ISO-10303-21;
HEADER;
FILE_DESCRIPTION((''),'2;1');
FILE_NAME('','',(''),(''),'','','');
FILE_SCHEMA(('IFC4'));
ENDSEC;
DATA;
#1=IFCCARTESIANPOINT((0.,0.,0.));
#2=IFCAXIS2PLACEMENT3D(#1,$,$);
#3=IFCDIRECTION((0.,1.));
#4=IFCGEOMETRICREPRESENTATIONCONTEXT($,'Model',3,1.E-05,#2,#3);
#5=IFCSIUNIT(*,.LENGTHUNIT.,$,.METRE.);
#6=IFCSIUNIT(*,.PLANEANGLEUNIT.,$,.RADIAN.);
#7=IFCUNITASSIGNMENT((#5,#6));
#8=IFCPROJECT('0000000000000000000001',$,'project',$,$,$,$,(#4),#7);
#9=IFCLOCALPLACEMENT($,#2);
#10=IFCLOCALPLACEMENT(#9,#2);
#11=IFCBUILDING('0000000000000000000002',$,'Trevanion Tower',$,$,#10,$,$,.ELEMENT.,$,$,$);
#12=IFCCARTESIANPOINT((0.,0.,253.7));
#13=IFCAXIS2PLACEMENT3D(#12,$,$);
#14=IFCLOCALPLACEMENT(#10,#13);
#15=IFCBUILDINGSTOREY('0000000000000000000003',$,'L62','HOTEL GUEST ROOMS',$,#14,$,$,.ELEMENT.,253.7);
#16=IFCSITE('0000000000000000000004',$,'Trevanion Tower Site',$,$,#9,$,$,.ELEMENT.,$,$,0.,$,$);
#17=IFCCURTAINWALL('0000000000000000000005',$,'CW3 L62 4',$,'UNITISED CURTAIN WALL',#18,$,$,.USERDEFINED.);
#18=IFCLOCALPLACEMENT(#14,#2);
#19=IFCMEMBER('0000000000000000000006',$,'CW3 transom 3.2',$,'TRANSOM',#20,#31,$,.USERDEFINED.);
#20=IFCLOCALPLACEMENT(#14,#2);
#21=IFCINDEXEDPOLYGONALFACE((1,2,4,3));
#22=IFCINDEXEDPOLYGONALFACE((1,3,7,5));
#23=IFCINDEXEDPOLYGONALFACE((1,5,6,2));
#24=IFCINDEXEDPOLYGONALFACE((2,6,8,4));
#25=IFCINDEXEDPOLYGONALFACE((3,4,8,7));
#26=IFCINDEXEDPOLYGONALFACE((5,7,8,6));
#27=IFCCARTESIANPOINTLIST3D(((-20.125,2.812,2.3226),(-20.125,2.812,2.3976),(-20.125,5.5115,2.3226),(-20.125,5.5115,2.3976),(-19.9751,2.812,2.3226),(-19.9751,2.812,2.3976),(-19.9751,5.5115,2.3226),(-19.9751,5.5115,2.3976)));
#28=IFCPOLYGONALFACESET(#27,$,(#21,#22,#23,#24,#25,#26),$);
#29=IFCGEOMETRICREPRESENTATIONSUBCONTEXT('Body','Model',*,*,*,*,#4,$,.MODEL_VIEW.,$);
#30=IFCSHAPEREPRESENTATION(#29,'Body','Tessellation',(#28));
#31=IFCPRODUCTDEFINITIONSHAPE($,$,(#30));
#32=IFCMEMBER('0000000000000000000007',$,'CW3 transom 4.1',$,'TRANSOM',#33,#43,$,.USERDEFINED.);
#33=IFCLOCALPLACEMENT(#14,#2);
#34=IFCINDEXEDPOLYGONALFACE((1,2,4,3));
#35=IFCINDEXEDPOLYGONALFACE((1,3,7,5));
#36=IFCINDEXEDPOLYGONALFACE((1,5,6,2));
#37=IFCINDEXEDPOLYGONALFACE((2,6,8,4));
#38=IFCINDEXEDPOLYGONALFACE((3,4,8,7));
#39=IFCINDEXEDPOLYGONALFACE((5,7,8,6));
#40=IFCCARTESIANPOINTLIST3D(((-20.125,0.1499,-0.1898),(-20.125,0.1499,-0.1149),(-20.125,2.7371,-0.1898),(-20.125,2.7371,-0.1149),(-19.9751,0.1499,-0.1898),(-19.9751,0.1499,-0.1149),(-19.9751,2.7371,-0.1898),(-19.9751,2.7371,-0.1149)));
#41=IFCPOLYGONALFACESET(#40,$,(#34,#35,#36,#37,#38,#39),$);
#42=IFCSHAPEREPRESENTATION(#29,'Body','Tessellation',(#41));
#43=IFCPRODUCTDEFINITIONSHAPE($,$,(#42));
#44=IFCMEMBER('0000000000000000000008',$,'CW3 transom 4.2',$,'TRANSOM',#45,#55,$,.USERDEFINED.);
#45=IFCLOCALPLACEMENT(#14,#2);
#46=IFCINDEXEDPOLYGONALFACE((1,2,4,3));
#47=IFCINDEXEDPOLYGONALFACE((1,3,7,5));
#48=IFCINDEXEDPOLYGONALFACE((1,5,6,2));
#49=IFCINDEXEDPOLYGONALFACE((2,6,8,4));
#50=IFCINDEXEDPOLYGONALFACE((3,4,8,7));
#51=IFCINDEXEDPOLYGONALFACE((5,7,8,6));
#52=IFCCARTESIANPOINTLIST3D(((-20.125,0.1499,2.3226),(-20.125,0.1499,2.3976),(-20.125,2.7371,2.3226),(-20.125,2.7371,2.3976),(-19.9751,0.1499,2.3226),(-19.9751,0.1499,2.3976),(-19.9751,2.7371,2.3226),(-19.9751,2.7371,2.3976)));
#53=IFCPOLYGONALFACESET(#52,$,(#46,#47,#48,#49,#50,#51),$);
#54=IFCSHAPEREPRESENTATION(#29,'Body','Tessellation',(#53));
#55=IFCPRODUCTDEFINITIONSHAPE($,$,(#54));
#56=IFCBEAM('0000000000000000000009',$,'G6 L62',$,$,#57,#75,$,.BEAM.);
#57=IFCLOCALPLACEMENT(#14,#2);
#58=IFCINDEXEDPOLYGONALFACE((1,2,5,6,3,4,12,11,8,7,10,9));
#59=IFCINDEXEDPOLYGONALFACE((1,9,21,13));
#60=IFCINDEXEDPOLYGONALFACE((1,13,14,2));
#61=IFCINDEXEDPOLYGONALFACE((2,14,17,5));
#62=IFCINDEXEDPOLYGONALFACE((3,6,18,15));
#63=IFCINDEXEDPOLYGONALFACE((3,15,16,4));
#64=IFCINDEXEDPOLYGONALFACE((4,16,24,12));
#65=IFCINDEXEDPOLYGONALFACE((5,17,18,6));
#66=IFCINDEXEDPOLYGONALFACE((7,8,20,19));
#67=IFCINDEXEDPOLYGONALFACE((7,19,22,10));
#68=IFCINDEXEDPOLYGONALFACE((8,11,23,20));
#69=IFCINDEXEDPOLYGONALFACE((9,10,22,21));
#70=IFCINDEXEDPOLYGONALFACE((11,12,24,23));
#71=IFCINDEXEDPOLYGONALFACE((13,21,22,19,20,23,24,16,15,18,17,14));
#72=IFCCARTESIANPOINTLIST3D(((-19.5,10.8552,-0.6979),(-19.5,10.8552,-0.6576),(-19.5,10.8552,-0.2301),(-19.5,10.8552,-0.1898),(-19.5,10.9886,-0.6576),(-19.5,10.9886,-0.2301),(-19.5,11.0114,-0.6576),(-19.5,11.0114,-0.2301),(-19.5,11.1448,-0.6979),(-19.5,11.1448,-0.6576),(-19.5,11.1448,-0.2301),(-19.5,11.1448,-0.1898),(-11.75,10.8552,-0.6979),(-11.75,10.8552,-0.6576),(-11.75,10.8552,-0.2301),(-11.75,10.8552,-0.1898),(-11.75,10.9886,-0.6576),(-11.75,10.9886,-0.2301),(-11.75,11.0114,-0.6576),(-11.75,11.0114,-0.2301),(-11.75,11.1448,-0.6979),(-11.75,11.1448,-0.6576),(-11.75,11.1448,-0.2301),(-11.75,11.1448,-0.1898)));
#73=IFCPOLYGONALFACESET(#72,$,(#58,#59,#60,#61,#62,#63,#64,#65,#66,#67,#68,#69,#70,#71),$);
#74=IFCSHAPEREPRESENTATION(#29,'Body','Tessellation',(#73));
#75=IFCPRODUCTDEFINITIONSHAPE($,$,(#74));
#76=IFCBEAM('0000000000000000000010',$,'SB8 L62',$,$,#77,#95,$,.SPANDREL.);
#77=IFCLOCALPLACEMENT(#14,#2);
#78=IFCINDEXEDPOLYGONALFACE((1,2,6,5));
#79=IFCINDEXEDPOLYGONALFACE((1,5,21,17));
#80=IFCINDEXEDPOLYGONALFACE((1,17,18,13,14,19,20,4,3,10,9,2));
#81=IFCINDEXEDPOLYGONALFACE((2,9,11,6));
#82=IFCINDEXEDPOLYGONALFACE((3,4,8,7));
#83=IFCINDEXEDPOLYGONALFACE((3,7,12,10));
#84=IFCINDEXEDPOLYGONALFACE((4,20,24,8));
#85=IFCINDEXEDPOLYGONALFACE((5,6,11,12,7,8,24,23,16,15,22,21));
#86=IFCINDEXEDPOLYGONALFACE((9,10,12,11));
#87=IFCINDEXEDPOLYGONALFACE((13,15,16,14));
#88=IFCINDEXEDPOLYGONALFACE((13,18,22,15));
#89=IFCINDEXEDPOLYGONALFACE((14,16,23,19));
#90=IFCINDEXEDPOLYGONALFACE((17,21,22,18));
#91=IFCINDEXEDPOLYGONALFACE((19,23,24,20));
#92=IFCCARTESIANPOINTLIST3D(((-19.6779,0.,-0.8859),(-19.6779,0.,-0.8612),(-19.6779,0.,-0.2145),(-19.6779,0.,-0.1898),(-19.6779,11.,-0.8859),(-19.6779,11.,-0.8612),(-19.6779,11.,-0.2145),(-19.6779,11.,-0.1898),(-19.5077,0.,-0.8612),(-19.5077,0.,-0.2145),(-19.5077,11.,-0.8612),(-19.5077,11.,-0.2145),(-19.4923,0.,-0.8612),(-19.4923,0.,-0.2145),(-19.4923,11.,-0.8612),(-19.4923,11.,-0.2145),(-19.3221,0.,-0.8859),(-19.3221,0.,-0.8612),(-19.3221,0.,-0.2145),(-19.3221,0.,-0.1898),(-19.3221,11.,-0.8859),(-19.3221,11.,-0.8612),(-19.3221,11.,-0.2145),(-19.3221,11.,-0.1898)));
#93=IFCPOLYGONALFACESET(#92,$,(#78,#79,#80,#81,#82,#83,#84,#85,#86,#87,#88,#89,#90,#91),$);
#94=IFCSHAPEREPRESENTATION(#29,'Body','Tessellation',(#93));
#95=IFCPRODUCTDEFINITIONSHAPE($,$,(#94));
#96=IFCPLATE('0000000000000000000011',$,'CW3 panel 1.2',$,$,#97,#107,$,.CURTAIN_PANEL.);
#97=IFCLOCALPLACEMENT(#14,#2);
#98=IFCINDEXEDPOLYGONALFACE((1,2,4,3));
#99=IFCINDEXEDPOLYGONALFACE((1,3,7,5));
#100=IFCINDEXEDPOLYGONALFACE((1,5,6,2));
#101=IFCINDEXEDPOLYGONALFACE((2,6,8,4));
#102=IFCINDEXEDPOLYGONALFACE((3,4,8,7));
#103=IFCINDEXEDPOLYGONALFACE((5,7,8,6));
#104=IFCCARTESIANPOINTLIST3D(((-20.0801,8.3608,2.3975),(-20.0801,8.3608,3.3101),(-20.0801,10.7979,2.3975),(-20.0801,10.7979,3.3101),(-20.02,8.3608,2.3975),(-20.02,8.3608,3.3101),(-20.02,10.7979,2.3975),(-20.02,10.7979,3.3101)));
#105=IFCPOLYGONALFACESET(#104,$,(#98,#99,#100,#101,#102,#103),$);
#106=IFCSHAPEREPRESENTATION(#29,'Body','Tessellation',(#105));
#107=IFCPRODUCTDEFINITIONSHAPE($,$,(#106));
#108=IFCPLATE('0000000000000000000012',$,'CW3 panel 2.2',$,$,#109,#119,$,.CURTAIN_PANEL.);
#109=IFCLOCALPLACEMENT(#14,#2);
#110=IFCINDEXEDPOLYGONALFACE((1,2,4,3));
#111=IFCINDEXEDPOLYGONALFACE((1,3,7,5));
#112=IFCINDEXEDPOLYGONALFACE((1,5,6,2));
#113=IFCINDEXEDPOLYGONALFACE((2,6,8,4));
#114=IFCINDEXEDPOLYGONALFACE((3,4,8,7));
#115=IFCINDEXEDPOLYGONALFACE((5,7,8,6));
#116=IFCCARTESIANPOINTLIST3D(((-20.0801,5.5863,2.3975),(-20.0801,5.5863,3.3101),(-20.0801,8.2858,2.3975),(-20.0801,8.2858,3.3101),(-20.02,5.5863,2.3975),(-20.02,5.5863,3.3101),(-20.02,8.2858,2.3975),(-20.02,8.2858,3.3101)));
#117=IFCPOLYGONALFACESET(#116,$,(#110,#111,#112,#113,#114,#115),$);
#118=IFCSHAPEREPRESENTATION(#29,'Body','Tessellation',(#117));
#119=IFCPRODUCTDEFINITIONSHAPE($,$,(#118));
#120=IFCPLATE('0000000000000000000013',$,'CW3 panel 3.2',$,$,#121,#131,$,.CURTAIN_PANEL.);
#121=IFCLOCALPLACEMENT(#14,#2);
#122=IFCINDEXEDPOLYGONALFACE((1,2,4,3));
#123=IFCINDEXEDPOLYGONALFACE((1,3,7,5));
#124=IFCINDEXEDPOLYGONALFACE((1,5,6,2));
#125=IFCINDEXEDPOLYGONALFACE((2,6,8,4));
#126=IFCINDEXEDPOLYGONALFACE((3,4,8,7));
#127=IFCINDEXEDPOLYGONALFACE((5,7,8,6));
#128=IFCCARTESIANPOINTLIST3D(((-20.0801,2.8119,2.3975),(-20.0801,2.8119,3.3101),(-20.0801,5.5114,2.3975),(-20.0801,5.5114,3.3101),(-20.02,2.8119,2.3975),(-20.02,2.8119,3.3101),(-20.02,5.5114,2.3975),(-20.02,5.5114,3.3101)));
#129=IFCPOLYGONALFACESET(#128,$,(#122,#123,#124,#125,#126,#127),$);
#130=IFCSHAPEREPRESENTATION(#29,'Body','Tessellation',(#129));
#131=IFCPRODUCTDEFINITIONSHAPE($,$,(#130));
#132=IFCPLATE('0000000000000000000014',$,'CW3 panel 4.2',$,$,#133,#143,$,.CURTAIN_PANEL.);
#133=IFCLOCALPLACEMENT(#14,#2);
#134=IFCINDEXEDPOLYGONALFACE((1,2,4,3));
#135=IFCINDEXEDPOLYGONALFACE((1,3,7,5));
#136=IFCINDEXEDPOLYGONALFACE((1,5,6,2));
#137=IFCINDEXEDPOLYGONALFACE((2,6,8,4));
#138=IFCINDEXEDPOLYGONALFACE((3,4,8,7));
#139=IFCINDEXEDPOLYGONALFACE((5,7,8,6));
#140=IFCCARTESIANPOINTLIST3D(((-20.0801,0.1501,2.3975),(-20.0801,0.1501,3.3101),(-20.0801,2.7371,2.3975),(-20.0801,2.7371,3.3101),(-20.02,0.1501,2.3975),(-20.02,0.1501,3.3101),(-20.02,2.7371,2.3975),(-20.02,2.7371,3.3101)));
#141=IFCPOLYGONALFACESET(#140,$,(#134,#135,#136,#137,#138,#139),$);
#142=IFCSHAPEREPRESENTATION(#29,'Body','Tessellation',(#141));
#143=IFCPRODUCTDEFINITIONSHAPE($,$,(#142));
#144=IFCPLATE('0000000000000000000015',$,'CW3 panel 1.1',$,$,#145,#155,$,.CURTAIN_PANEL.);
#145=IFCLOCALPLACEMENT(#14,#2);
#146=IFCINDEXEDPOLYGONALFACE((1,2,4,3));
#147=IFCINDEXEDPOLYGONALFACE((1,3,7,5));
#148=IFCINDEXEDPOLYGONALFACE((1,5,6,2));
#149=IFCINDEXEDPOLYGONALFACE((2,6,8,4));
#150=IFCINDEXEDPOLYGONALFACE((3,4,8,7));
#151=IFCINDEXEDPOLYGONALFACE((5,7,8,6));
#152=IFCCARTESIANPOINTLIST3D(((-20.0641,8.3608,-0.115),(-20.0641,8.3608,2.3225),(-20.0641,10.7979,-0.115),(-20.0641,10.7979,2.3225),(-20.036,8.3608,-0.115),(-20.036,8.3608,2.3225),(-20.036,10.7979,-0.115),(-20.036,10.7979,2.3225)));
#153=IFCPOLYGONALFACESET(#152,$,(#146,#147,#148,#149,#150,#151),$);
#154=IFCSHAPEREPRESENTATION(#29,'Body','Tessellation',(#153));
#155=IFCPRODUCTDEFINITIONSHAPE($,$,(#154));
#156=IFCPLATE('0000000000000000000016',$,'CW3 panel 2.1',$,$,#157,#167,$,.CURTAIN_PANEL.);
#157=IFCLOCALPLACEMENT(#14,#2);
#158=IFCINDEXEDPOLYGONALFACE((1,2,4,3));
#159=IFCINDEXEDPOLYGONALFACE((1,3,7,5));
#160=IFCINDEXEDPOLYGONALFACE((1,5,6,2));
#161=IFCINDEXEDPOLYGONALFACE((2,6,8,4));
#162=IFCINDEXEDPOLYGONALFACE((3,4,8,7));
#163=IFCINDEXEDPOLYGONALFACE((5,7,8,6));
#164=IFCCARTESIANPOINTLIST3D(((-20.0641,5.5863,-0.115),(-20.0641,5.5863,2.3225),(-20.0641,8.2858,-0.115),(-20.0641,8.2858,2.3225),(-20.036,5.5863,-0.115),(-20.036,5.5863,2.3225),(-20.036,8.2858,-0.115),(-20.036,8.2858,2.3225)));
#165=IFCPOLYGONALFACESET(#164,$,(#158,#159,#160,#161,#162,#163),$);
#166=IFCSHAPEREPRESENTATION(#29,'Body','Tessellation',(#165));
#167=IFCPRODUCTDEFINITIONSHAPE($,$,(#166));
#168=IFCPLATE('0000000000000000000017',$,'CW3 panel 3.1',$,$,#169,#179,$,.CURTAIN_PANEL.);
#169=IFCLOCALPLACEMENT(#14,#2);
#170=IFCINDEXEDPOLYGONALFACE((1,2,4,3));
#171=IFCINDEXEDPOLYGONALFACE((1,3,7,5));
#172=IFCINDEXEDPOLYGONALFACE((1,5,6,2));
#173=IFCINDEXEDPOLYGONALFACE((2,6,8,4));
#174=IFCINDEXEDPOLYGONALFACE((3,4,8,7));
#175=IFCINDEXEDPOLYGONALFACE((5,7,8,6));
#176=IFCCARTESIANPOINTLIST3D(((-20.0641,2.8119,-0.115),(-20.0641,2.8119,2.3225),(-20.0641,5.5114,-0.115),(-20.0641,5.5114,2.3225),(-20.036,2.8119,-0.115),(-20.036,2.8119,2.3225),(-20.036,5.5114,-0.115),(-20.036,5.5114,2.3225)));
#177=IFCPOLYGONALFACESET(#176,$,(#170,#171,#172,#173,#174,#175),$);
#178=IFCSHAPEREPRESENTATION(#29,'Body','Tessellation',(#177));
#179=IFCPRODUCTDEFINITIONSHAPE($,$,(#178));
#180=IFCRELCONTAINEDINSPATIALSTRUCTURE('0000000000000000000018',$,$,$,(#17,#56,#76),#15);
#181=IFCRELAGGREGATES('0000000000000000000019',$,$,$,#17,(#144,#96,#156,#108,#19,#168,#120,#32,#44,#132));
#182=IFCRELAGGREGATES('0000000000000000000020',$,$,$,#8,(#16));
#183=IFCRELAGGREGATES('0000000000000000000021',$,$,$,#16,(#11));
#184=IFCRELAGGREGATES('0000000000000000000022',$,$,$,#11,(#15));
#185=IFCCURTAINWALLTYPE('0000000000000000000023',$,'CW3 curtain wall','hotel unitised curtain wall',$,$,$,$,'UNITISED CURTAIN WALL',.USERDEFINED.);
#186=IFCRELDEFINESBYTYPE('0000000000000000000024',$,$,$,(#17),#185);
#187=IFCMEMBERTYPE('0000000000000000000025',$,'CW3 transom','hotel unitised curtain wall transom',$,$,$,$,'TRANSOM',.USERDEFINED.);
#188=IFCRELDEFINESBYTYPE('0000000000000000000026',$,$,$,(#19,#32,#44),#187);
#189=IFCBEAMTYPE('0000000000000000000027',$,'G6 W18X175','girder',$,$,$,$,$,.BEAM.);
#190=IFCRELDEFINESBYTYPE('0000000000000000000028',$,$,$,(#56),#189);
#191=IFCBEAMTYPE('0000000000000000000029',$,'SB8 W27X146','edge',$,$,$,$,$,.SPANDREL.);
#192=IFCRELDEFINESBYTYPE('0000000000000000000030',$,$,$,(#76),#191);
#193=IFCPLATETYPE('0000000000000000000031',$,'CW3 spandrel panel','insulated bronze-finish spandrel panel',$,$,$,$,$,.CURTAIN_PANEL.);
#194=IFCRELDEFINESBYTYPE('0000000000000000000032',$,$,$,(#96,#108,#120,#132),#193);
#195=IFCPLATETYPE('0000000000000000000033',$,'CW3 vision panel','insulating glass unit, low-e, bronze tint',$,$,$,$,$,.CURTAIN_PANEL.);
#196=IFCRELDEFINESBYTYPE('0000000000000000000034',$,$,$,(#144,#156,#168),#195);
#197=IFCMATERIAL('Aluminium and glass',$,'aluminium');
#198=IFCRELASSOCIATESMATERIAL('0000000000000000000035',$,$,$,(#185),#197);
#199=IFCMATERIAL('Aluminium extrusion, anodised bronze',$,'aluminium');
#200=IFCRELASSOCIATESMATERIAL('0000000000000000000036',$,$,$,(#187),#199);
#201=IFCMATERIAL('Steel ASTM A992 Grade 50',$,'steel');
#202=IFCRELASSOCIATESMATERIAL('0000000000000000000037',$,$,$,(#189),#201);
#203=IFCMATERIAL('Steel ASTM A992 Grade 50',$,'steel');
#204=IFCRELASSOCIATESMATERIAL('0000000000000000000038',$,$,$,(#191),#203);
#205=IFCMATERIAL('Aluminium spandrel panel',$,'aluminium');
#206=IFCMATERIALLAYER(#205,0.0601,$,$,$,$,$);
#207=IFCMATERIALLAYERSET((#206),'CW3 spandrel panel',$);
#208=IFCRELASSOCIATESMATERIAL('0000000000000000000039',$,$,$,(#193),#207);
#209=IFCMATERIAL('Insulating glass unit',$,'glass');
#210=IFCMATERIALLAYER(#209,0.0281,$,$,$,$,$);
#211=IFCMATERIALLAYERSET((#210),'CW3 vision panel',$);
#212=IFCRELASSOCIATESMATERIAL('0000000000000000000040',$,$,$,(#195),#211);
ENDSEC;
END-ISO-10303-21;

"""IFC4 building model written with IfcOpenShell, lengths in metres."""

from ifc_helpers import new_model, si_unit, direction, frame, origin, origin_2d, place, context, subcontext, project, spatial, rectangle, i_section, extrude, material, layer, layer_set, material_profile, profile_set, type_object, element, aggregate, save


model = new_model("IFC4")

# Units and contexts
model_context = context("Model", 3, precision=1e-05, world=origin(), true_north=direction((0.0, 1.0)))
body_context = subcontext(model_context, "Body", "Model", "MODEL_VIEW")
ifc_project = project(units=[si_unit("LENGTHUNIT", "METRE"), si_unit("PLANEANGLEUNIT", "RADIAN")], contexts=[model_context])

# Site, building, storey
site_placement = place(None, origin())
site = spatial("IfcSite", under=ifc_project, at=site_placement, Name="Trevanion Tower Site", CompositionType="ELEMENT", RefElevation=0.0)
building_placement = place(site_placement, origin())
building = spatial("IfcBuilding", under=site, at=building_placement, Name="Trevanion Tower", CompositionType="ELEMENT")
storey_placement = place(building_placement, frame((0.0, 0.0, 253.7)))
storey = spatial("IfcBuildingStorey", under=building, at=storey_placement, Name="L62", Description="HOTEL GUEST ROOMS", CompositionType="ELEMENT", Elevation=253.7)

# Curtain wall, members
ifc_material_1 = material(Name="Aluminium and glass", Category="aluminium")
curtain_wall_type = type_object("IfcCurtainWallType", Name="CW3 curtain wall", Description="hotel unitised curtain wall", ElementType="UNITISED CURTAIN WALL", PredefinedType="USERDEFINED", material=ifc_material_1)
curtain_wall_placement = place(storey_placement, origin())
curtain_wall = element("IfcCurtainWall", 1, at=curtain_wall_placement, inside=storey, type_object=curtain_wall_type, Name="CW3 L62 4", ObjectType="UNITISED CURTAIN WALL", PredefinedType="USERDEFINED")
ifc_material_2 = material(Name="Aluminium extrusion, anodised bronze", Category="aluminium")
ifc_material_profile_1 = material_profile(ifc_material_2, rectangle(XDim=0.1499, YDim=0.075, at=origin_2d()), Name="CW3 transom")
ifc_profile_set_1 = profile_set([ifc_material_profile_1], Name="Aluminium extrusion, anodised bronze")
member_type_1 = type_object("IfcMemberType", Name="CW3 transom", Description="hotel unitised curtain wall transom", ElementType="TRANSOM", PredefinedType="USERDEFINED", material=ifc_profile_set_1)
member_1_placement = place(storey_placement, frame((-20.05, 5.5115, 2.3601), z_axis=(0.0, -1.0, 0.0), x_axis=(1.0, 0.0, 0.0)))
member_1 = element("IfcMember", 2, at=member_1_placement, type_object=member_type_1, Name="CW3 transom 3.2", ObjectType="TRANSOM", PredefinedType="USERDEFINED", context=body_context, shape_type="SweptSolid", body=[
    extrude(rectangle(XDim=0.1499, YDim=0.075, at=origin_2d()), origin(), (0.0, 0.0, 1.0), 2.6995),
])
member_2_placement = place(storey_placement, frame((-20.05, 2.7371, -0.1523), z_axis=(0.0, -1.0, 0.0), x_axis=(1.0, 0.0, 0.0)))
member_2 = element("IfcMember", 3, at=member_2_placement, type_object=member_type_1, Name="CW3 transom 4.1", ObjectType="TRANSOM", PredefinedType="USERDEFINED", context=body_context, shape_type="SweptSolid", body=[
    extrude(rectangle(XDim=0.1499, YDim=0.075, at=origin_2d()), origin(), (0.0, 0.0, 1.0), 2.5872),
])
member_3_placement = place(storey_placement, frame((-20.05, 2.7371, 2.3601), z_axis=(0.0, -1.0, 0.0), x_axis=(1.0, 0.0, 0.0)))
member_3 = element("IfcMember", 4, at=member_3_placement, type_object=member_type_1, Name="CW3 transom 4.2", ObjectType="TRANSOM", PredefinedType="USERDEFINED", context=body_context, shape_type="SweptSolid", body=[
    extrude(rectangle(XDim=0.1499, YDim=0.075, at=origin_2d()), origin(), (0.0, 0.0, 1.0), 2.5872),
])

# Beams
ifc_material_3 = material(Name="Steel ASTM A992 Grade 50", Category="steel")
ifc_material_profile_2 = material_profile(ifc_material_3, i_section(OverallWidth=0.2896, OverallDepth=0.5081, WebThickness=0.0227, FlangeThickness=0.0403, at=origin_2d()), Name="W18X175")
ifc_profile_set_2 = profile_set([ifc_material_profile_2], Name="Steel ASTM A992 Grade 50")
beam_type_1 = type_object("IfcBeamType", Name="G6 W18X175", Description="girder", PredefinedType="BEAM", material=ifc_profile_set_2)
beam_1_placement = place(storey_placement, frame((-11.75, 11.0, -0.4438), z_axis=(-1.0, 0.0, 0.0), x_axis=(0.0, -1.0, 0.0)))
element("IfcBeam", 5, at=beam_1_placement, inside=storey, type_object=beam_type_1, Name="G6 L62", PredefinedType="BEAM", context=body_context, shape_type="SweptSolid", body=[
    extrude(i_section(OverallWidth=0.2896, OverallDepth=0.5081, WebThickness=0.0227, FlangeThickness=0.0403, at=origin_2d()), origin(), (0.0, 0.0, 1.0), 7.75),
])
ifc_material_4 = material(Name="Steel ASTM A992 Grade 50", Category="steel")
ifc_material_profile_3 = material_profile(ifc_material_4, i_section(OverallWidth=0.3557, OverallDepth=0.696, WebThickness=0.0154, FlangeThickness=0.0247, at=origin_2d()), Name="W27X146")
ifc_profile_set_3 = profile_set([ifc_material_profile_3], Name="Steel ASTM A992 Grade 50")
beam_type_2 = type_object("IfcBeamType", Name="SB8 W27X146", Description="edge", PredefinedType="SPANDREL", material=ifc_profile_set_3)
beam_2_placement = place(storey_placement, frame((-19.5, 11.0, -0.5378), z_axis=(0.0, -1.0, 0.0), x_axis=(1.0, 0.0, 0.0)))
element("IfcBeam", 6, at=beam_2_placement, inside=storey, type_object=beam_type_2, Name="SB8 L62", PredefinedType="SPANDREL", context=body_context, shape_type="SweptSolid", body=[
    extrude(i_section(OverallWidth=0.3557, OverallDepth=0.696, WebThickness=0.0154, FlangeThickness=0.0247, at=origin_2d()), origin(), (0.0, 0.0, 1.0), 11.0),
])

# Plates
ifc_material_5 = material(Name="Aluminium spandrel panel", Category="aluminium")
ifc_layer_1 = layer(ifc_material_5, 0.0601)
ifc_layer_set_1 = layer_set([ifc_layer_1], Name="CW3 spandrel panel")
plate_type_1 = type_object("IfcPlateType", Name="CW3 spandrel panel", Description="insulated bronze-finish spandrel panel", PredefinedType="CURTAIN_PANEL", material=ifc_layer_set_1)
plate_1_placement = place(storey_placement, frame((-20.05, 9.5793, 2.3975), z_axis=(0.0, 0.0, 1.0), x_axis=(0.0, -1.0, 0.0)))
plate_1 = element("IfcPlate", 7, at=plate_1_placement, type_object=plate_type_1, Name="CW3 panel 1.2", PredefinedType="CURTAIN_PANEL", context=body_context, shape_type="SweptSolid", body=[
    extrude(rectangle(XDim=2.437, YDim=0.0601, at=origin_2d()), origin(), (0.0, 0.0, 1.0), 0.9126),
])
plate_2_placement = place(storey_placement, frame((-20.05, 6.936, 2.3975), z_axis=(0.0, 0.0, 1.0), x_axis=(0.0, -1.0, 0.0)))
plate_2 = element("IfcPlate", 8, at=plate_2_placement, type_object=plate_type_1, Name="CW3 panel 2.2", PredefinedType="CURTAIN_PANEL", context=body_context, shape_type="SweptSolid", body=[
    extrude(rectangle(XDim=2.6995, YDim=0.0601, at=origin_2d()), origin(), (0.0, 0.0, 1.0), 0.9126),
])
plate_3_placement = place(storey_placement, frame((-20.05, 4.1616, 2.3975), z_axis=(0.0, 0.0, 1.0), x_axis=(0.0, -1.0, 0.0)))
plate_3 = element("IfcPlate", 9, at=plate_3_placement, type_object=plate_type_1, Name="CW3 panel 3.2", PredefinedType="CURTAIN_PANEL", context=body_context, shape_type="SweptSolid", body=[
    extrude(rectangle(XDim=2.6995, YDim=0.0601, at=origin_2d()), origin(), (0.0, 0.0, 1.0), 0.9126),
])
plate_4_placement = place(storey_placement, frame((-20.05, 1.4436, 2.3975), z_axis=(0.0, 0.0, 1.0), x_axis=(0.0, -1.0, 0.0)))
plate_4 = element("IfcPlate", 10, at=plate_4_placement, type_object=plate_type_1, Name="CW3 panel 4.2", PredefinedType="CURTAIN_PANEL", context=body_context, shape_type="SweptSolid", body=[
    extrude(rectangle(XDim=2.5869, YDim=0.0601, at=origin_2d()), origin(), (0.0, 0.0, 1.0), 0.9126),
])
ifc_material_6 = material(Name="Insulating glass unit", Category="glass")
ifc_layer_2 = layer(ifc_material_6, 0.0281)
ifc_layer_set_2 = layer_set([ifc_layer_2], Name="CW3 vision panel")
plate_type_2 = type_object("IfcPlateType", Name="CW3 vision panel", Description="insulating glass unit, low-e, bronze tint", PredefinedType="CURTAIN_PANEL", material=ifc_layer_set_2)
plate_5_placement = place(storey_placement, frame((-20.05, 9.5793, -0.115), z_axis=(0.0, 0.0, 1.0), x_axis=(0.0, -1.0, 0.0)))
plate_5 = element("IfcPlate", 11, at=plate_5_placement, type_object=plate_type_2, Name="CW3 panel 1.1", PredefinedType="CURTAIN_PANEL", context=body_context, shape_type="SweptSolid", body=[
    extrude(rectangle(XDim=2.437, YDim=0.0281, at=origin_2d()), origin(), (0.0, 0.0, 1.0), 2.4375),
])
plate_6_placement = place(storey_placement, frame((-20.05, 6.936, -0.115), z_axis=(0.0, 0.0, 1.0), x_axis=(0.0, -1.0, 0.0)))
plate_6 = element("IfcPlate", 12, at=plate_6_placement, type_object=plate_type_2, Name="CW3 panel 2.1", PredefinedType="CURTAIN_PANEL", context=body_context, shape_type="SweptSolid", body=[
    extrude(rectangle(XDim=2.6995, YDim=0.0281, at=origin_2d()), origin(), (0.0, 0.0, 1.0), 2.4375),
])
plate_7_placement = place(storey_placement, frame((-20.05, 4.1616, -0.115), z_axis=(0.0, 0.0, 1.0), x_axis=(0.0, -1.0, 0.0)))
plate_7 = element("IfcPlate", 13, at=plate_7_placement, type_object=plate_type_2, Name="CW3 panel 3.1", PredefinedType="CURTAIN_PANEL", context=body_context, shape_type="SweptSolid", body=[
    extrude(rectangle(XDim=2.6995, YDim=0.0281, at=origin_2d()), origin(), (0.0, 0.0, 1.0), 2.4375),
])
aggregate(curtain_wall, [plate_5, plate_1, plate_6, plate_2, member_1, plate_7, plate_3, member_2, member_3, plate_4])

save(model, "model.ifc")
